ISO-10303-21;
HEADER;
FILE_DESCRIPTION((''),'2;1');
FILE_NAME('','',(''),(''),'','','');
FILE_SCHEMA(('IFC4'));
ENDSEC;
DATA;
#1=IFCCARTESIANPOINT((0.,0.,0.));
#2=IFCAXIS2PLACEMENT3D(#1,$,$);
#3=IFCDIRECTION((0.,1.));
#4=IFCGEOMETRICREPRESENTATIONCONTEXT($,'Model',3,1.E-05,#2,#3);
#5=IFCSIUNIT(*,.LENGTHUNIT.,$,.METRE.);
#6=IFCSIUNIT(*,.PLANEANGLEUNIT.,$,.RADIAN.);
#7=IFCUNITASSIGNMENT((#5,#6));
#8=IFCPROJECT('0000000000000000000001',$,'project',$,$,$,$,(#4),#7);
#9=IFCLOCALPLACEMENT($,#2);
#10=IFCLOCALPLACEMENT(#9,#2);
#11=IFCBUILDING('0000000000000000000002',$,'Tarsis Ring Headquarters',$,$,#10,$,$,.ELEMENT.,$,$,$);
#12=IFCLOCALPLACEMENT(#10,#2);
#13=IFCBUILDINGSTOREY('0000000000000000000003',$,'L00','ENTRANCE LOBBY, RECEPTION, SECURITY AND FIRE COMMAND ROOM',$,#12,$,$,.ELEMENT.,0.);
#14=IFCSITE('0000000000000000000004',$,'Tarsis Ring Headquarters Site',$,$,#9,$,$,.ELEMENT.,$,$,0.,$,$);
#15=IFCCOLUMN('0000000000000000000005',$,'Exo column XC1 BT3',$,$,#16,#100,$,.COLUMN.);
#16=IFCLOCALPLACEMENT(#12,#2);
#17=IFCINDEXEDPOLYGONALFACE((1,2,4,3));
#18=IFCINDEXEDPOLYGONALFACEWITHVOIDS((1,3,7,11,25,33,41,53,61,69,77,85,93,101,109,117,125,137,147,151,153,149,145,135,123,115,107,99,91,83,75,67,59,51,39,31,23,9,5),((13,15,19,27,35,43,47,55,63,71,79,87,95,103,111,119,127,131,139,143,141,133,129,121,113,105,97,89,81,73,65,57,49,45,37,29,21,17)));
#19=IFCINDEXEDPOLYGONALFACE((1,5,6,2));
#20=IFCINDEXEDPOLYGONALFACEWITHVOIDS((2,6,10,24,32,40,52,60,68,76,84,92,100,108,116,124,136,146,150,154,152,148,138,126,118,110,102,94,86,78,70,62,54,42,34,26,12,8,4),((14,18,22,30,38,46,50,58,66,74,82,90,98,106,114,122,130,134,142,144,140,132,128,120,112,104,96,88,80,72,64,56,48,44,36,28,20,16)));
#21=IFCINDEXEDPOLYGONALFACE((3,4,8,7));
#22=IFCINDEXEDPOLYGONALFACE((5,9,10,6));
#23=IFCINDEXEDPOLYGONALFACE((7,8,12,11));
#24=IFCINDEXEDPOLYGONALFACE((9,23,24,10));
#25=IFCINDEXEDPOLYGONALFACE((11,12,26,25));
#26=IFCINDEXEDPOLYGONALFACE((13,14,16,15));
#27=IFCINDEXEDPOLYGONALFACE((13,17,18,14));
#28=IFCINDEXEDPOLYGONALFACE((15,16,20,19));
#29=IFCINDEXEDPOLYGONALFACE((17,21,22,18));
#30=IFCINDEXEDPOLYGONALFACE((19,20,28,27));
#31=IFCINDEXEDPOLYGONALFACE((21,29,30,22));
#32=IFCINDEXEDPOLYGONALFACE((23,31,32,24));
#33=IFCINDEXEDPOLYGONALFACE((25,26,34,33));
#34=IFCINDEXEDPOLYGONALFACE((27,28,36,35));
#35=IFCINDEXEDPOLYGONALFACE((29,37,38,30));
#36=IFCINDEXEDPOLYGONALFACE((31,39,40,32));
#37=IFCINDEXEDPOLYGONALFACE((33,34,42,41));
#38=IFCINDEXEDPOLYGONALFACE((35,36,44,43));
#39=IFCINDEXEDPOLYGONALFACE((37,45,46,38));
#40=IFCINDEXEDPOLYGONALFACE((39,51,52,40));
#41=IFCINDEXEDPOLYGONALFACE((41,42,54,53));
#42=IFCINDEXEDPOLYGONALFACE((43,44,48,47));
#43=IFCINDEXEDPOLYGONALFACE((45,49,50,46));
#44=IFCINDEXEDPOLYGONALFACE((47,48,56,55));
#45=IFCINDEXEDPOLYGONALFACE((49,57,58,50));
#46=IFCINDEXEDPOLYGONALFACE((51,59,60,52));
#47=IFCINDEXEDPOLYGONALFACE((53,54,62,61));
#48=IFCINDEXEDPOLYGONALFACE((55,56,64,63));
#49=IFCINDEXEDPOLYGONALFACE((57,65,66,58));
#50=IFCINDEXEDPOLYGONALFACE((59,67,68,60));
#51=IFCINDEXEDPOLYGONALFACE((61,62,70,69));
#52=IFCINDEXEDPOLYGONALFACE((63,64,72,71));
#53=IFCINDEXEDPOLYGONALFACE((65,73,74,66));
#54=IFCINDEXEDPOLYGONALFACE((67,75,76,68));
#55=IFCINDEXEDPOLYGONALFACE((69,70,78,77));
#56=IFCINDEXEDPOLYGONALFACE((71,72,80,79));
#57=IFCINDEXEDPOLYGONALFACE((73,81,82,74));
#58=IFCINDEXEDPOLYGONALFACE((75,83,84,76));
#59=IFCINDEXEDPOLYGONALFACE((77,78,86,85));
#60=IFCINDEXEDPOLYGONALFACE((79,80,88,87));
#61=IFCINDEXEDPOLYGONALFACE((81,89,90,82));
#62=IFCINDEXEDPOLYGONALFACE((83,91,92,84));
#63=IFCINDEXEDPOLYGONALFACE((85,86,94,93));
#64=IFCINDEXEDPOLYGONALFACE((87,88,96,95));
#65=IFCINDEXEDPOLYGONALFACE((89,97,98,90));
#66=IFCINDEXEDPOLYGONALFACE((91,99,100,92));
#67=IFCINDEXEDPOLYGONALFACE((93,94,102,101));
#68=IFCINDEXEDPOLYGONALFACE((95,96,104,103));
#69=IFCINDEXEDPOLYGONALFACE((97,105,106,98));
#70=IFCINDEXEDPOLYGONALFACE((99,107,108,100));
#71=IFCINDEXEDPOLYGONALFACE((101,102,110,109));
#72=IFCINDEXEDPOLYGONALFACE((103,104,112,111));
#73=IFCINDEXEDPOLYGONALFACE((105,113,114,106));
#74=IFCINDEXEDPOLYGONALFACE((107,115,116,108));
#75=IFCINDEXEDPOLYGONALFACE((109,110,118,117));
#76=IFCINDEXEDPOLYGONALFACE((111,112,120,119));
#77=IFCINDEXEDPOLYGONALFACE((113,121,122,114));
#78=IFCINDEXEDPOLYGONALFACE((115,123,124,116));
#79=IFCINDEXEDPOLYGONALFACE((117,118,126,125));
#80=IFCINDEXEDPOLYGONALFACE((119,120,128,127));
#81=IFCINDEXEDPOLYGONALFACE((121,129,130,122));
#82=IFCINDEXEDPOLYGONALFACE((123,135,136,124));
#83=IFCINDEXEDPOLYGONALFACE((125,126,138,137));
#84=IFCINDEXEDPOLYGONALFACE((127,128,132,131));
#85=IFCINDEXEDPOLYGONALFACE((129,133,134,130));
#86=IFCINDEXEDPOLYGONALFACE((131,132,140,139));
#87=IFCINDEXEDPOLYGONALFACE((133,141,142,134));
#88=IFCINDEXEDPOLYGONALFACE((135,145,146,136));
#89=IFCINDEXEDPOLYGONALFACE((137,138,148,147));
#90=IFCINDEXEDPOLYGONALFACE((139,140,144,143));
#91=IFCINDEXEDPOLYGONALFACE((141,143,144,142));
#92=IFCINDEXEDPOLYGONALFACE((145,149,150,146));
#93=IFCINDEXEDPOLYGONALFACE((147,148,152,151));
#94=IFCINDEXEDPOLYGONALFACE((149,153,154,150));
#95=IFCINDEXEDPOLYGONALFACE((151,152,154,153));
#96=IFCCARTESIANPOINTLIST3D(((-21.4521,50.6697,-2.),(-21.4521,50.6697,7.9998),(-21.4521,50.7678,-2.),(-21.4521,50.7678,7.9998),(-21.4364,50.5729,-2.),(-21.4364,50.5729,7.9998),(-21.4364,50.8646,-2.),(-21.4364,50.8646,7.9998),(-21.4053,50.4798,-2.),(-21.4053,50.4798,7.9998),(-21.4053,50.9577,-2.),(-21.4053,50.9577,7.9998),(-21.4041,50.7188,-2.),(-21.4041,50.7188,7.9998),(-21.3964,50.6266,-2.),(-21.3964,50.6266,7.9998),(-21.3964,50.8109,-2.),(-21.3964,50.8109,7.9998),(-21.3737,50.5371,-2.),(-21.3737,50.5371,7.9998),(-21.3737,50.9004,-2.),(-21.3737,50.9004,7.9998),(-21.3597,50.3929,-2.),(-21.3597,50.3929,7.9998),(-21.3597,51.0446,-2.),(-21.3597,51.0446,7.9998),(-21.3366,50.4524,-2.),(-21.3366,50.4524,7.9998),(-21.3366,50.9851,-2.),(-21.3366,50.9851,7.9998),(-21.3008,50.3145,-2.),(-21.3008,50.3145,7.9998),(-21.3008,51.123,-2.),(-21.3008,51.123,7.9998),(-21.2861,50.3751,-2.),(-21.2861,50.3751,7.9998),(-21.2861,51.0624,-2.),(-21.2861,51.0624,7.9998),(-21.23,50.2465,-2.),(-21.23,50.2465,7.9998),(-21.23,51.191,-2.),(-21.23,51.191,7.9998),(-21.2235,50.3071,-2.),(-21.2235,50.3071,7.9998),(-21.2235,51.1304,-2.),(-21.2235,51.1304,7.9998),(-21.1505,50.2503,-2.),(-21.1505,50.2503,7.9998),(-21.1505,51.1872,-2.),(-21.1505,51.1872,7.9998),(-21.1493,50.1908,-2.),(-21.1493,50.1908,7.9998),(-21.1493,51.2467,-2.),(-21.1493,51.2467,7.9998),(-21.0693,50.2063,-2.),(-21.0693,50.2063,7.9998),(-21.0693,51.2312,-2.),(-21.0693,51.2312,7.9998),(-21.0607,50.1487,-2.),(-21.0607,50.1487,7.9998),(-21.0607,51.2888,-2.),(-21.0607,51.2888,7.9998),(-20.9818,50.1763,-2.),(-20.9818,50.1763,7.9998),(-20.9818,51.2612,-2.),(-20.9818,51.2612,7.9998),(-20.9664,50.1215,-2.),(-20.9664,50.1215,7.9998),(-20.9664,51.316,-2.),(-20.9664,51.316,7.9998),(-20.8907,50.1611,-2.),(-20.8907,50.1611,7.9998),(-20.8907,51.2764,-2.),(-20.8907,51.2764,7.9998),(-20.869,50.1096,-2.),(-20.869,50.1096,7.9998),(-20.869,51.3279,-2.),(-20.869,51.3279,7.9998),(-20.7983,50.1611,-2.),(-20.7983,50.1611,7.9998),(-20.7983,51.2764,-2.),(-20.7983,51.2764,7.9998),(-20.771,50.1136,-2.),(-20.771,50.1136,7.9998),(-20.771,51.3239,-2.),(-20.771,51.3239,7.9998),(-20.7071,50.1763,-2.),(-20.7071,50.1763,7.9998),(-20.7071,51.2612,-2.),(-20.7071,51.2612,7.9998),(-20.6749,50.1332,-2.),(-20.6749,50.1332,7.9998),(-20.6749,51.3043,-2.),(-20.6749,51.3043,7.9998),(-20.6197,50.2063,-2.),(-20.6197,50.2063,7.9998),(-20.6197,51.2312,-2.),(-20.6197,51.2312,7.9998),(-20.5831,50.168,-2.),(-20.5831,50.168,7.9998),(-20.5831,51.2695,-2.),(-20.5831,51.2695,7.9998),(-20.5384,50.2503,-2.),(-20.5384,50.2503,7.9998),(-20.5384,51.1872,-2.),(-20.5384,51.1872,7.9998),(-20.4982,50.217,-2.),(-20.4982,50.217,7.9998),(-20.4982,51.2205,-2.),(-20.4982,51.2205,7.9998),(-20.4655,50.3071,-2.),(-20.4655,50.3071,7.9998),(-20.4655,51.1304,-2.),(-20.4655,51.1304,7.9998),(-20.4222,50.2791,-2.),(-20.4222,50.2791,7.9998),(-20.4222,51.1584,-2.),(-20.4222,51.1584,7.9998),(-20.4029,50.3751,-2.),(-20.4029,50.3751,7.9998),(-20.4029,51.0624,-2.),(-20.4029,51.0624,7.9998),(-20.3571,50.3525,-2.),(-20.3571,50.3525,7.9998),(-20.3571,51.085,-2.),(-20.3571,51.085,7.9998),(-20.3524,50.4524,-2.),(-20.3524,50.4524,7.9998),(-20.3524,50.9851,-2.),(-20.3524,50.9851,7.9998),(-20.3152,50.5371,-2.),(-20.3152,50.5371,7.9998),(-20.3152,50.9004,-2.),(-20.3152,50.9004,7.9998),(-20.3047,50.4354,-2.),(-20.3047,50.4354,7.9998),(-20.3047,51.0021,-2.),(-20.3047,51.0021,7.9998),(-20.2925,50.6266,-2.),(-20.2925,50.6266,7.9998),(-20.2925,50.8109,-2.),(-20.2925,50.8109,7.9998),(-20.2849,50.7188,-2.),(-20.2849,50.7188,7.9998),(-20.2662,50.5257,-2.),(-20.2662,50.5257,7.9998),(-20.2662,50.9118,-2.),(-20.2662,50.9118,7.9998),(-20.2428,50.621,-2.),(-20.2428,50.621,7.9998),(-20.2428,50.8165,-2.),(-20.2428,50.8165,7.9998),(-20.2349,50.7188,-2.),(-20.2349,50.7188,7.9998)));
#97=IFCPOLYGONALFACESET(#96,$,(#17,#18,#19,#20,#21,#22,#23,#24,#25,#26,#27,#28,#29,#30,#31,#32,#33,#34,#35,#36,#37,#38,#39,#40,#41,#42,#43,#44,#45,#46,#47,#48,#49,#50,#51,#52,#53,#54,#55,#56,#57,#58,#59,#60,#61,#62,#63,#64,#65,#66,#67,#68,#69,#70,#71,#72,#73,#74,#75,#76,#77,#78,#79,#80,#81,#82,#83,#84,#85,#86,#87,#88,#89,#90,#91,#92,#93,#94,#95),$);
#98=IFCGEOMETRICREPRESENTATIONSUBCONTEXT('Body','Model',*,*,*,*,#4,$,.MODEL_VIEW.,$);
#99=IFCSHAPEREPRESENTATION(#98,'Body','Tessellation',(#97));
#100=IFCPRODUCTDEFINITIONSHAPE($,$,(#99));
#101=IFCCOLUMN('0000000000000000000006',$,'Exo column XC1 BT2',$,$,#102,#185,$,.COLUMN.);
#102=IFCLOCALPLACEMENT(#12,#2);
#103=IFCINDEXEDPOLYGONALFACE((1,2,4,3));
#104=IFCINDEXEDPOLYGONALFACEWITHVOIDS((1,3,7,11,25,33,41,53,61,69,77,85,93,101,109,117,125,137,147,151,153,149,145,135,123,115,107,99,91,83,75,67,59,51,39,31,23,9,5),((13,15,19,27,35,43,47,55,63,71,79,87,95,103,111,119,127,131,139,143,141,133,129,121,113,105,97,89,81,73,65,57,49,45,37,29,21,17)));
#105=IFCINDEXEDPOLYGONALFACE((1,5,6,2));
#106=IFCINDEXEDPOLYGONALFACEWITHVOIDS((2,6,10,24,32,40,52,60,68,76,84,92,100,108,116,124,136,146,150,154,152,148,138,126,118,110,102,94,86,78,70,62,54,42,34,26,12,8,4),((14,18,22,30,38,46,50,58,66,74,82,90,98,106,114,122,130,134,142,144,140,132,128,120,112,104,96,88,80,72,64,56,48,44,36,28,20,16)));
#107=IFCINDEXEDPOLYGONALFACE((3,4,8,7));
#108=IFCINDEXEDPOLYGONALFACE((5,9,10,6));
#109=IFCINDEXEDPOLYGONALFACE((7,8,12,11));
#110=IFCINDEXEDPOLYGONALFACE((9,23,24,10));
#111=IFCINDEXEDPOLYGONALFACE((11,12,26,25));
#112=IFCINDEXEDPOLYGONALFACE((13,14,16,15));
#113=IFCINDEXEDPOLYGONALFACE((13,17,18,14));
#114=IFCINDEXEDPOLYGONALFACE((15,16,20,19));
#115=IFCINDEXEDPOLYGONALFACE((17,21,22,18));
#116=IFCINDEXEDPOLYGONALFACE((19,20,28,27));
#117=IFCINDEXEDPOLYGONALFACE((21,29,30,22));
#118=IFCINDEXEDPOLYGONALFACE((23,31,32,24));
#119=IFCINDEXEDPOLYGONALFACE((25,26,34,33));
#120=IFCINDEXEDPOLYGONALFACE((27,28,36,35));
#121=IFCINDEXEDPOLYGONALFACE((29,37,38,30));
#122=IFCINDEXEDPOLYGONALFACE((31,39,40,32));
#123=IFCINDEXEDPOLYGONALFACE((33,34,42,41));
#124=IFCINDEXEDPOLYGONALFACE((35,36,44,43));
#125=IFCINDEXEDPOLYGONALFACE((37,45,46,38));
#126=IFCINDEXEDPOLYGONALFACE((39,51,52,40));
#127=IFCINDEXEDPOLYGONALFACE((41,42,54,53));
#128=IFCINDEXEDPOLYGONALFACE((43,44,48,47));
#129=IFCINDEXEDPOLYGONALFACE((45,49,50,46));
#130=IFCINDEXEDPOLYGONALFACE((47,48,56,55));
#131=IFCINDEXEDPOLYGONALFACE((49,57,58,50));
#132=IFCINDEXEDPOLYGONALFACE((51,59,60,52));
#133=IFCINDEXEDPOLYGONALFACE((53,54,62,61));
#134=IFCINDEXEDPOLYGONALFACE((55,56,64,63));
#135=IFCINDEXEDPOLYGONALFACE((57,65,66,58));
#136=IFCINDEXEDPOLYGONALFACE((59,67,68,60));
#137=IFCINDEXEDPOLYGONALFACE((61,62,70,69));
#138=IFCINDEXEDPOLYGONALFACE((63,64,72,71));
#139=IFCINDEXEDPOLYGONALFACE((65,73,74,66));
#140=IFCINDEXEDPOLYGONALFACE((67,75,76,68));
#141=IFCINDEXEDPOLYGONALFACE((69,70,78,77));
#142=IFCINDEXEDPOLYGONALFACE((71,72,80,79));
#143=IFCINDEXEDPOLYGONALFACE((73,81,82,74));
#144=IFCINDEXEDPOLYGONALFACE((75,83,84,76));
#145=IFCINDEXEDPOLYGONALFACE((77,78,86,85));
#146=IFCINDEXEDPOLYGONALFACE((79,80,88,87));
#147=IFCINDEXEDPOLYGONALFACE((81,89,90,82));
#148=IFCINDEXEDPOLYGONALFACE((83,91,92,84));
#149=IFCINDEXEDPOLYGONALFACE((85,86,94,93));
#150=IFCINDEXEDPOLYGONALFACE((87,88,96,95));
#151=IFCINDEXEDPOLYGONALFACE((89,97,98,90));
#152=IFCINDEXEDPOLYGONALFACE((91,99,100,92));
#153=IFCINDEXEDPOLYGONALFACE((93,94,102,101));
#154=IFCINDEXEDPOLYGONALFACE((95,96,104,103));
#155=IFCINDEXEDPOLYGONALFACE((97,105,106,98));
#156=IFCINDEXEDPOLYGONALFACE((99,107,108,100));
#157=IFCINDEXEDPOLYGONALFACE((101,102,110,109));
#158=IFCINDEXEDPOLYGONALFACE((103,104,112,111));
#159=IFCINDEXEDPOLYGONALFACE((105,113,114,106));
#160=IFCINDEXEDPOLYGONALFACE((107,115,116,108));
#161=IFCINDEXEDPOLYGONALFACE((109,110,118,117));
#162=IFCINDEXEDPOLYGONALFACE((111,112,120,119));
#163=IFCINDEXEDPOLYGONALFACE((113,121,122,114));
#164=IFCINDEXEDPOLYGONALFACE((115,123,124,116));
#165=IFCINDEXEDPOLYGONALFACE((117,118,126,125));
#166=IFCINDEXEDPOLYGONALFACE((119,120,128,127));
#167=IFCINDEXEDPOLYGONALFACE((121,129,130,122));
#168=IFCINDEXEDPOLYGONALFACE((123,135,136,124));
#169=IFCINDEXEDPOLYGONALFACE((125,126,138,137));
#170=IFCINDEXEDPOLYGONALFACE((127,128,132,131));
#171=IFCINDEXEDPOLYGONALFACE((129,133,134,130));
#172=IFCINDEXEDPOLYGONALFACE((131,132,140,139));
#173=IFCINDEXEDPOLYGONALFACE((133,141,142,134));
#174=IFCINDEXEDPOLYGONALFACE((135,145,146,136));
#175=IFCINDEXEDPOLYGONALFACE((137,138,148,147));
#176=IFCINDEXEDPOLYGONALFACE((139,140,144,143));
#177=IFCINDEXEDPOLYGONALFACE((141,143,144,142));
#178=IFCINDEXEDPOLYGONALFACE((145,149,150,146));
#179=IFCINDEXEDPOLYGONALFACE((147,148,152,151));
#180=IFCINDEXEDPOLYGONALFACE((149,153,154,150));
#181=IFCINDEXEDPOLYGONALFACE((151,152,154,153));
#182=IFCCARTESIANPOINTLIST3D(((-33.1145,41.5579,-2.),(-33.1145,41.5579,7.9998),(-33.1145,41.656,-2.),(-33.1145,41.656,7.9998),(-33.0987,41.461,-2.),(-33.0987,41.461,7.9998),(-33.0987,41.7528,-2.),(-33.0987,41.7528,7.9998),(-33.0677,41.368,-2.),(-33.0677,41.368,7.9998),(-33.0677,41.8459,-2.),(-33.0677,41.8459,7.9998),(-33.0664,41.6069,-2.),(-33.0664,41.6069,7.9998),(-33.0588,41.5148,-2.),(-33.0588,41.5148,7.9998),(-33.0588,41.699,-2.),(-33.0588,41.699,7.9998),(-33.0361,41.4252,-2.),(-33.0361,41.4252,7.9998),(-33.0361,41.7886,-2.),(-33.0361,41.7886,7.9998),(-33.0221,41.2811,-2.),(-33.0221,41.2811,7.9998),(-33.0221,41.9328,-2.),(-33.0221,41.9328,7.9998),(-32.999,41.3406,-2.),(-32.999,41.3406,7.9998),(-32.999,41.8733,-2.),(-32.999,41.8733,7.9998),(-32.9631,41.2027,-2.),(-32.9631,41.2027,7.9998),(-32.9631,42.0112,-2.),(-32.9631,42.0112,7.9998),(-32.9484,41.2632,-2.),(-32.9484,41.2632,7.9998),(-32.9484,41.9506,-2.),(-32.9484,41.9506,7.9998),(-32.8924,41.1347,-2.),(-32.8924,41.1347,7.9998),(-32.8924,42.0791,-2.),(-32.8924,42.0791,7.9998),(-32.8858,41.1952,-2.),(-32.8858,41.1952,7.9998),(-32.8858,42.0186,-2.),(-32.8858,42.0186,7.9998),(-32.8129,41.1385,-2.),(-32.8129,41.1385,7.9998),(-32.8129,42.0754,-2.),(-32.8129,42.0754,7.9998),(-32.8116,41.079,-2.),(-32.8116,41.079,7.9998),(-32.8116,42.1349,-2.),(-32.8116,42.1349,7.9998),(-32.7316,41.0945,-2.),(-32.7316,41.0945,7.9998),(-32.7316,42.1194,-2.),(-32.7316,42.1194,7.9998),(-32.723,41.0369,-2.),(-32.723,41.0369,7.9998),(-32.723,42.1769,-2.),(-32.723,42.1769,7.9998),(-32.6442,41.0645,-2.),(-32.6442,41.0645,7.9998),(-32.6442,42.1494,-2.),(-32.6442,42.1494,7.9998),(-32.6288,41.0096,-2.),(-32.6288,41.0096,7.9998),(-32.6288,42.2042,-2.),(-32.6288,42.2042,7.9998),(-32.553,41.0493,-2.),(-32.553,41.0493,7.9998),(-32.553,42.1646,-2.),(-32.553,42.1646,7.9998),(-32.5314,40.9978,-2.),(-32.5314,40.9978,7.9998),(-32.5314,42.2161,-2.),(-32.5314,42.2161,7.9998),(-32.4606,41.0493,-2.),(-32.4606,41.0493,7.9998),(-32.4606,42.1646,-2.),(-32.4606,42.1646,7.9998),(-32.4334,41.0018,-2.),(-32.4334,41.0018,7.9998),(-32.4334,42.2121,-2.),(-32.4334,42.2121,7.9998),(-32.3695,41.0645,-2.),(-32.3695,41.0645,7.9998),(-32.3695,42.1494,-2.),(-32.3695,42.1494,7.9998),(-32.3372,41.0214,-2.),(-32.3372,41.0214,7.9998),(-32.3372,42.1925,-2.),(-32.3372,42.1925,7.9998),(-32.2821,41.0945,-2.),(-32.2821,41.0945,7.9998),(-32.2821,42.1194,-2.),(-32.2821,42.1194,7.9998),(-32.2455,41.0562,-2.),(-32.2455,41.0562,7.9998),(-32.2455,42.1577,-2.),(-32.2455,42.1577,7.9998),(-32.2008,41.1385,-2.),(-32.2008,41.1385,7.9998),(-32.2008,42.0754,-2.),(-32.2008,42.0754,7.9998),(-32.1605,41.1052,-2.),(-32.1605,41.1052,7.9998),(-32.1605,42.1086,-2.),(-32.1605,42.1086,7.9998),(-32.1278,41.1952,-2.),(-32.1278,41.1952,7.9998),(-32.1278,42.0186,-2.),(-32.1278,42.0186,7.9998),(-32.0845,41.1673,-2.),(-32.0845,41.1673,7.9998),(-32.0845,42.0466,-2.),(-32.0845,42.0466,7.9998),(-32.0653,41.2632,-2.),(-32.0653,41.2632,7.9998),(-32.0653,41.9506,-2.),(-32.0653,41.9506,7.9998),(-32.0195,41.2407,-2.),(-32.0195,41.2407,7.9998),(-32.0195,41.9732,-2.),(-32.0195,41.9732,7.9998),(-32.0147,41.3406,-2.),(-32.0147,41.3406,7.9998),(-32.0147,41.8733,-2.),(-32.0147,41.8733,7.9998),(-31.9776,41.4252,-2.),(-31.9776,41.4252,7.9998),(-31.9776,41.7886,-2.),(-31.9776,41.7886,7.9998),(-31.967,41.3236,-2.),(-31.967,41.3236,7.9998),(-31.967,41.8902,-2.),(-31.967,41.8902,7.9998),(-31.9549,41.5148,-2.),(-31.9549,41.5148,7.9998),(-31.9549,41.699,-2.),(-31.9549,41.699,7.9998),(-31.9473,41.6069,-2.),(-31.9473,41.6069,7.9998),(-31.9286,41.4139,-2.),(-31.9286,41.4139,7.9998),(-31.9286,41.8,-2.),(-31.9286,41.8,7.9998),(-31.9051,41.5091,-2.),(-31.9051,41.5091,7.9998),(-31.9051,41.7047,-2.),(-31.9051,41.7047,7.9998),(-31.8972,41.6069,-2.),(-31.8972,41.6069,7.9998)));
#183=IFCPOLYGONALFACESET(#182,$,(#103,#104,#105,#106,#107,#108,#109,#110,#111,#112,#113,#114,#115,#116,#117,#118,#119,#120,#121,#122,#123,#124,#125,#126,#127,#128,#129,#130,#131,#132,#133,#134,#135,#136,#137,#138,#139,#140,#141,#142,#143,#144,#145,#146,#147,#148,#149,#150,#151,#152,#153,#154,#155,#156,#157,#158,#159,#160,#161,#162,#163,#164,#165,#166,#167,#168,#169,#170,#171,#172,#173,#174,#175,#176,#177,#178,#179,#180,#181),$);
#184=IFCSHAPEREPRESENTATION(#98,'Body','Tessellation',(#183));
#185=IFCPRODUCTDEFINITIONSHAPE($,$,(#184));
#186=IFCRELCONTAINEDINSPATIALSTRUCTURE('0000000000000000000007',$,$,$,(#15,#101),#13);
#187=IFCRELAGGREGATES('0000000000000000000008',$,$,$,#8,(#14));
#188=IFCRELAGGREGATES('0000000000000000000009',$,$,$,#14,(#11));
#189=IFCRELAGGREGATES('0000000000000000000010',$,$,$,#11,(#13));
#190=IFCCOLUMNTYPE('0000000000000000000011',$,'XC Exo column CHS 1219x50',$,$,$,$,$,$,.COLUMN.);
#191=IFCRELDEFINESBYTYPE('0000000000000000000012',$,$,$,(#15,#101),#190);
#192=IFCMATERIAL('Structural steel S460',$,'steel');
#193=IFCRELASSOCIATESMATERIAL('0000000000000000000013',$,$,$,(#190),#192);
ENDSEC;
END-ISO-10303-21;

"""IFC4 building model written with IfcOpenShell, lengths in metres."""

from ifc_helpers import new_model, si_unit, direction, frame, origin, origin_2d, place, context, subcontext, project, spatial, hollow_circle, extrude, material, material_profile, profile_set, type_object, element, save


model = new_model("IFC4")

# Units and contexts
model_context = context("Model", 3, precision=1e-05, world=origin(), true_north=direction((0.0, 1.0)))
body_context = subcontext(model_context, "Body", "Model", "MODEL_VIEW")
ifc_project = project(units=[si_unit("LENGTHUNIT", "METRE"), si_unit("PLANEANGLEUNIT", "RADIAN")], contexts=[model_context])

# Site, building, storey
site_placement = place(None, origin())
site = spatial("IfcSite", under=ifc_project, at=site_placement, Name="Tarsis Ring Headquarters Site", CompositionType="ELEMENT", RefElevation=0.0)
building_placement = place(site_placement, origin())
building = spatial("IfcBuilding", under=site, at=building_placement, Name="Tarsis Ring Headquarters", CompositionType="ELEMENT")
storey_placement = place(building_placement, origin())
storey = spatial("IfcBuildingStorey", under=building, at=storey_placement, Name="L00", Description="ENTRANCE LOBBY, RECEPTION, SECURITY AND FIRE COMMAND ROOM", CompositionType="ELEMENT", Elevation=0.0)

# Columns
ifc_material_1 = material(Name="Structural steel S460", Category="steel")
ifc_material_profile_1 = material_profile(ifc_material_1, hollow_circle(Radius=0.6096, WallThickness=0.05, at=origin_2d()), Name="CHS 1219x50")
ifc_profile_set_1 = profile_set([ifc_material_profile_1], Name="Structural steel S460")
column_type_1 = type_object("IfcColumnType", Name="XC Exo column CHS 1219x50", PredefinedType="COLUMN", material=ifc_profile_set_1)
for number, where, z_axis, x_axis, name in (
    (1, (-20.8445, 50.7188, -2.0), (0.0, 0.0, 1.0), (1.0, 0.0, 0.0), "Exo column XC1 BT3"),
    (2, (-32.5068, 41.6069, -2.0), (0.0, 0.0, 1.0), (1.0, 0.0, 0.0), "Exo column XC1 BT2"),
):
    element("IfcColumn", number, at=place(storey_placement, frame(where, z_axis=z_axis, x_axis=x_axis)), inside=storey, type_object=column_type_1, Name=name, PredefinedType="COLUMN", context=body_context, shape_type="SweptSolid", body=[
        extrude(hollow_circle(Radius=0.6096, WallThickness=0.05, at=origin_2d()), origin(), (0.0, 0.0, 1.0), 9.9998),
    ])

save(model, "model.ifc")
